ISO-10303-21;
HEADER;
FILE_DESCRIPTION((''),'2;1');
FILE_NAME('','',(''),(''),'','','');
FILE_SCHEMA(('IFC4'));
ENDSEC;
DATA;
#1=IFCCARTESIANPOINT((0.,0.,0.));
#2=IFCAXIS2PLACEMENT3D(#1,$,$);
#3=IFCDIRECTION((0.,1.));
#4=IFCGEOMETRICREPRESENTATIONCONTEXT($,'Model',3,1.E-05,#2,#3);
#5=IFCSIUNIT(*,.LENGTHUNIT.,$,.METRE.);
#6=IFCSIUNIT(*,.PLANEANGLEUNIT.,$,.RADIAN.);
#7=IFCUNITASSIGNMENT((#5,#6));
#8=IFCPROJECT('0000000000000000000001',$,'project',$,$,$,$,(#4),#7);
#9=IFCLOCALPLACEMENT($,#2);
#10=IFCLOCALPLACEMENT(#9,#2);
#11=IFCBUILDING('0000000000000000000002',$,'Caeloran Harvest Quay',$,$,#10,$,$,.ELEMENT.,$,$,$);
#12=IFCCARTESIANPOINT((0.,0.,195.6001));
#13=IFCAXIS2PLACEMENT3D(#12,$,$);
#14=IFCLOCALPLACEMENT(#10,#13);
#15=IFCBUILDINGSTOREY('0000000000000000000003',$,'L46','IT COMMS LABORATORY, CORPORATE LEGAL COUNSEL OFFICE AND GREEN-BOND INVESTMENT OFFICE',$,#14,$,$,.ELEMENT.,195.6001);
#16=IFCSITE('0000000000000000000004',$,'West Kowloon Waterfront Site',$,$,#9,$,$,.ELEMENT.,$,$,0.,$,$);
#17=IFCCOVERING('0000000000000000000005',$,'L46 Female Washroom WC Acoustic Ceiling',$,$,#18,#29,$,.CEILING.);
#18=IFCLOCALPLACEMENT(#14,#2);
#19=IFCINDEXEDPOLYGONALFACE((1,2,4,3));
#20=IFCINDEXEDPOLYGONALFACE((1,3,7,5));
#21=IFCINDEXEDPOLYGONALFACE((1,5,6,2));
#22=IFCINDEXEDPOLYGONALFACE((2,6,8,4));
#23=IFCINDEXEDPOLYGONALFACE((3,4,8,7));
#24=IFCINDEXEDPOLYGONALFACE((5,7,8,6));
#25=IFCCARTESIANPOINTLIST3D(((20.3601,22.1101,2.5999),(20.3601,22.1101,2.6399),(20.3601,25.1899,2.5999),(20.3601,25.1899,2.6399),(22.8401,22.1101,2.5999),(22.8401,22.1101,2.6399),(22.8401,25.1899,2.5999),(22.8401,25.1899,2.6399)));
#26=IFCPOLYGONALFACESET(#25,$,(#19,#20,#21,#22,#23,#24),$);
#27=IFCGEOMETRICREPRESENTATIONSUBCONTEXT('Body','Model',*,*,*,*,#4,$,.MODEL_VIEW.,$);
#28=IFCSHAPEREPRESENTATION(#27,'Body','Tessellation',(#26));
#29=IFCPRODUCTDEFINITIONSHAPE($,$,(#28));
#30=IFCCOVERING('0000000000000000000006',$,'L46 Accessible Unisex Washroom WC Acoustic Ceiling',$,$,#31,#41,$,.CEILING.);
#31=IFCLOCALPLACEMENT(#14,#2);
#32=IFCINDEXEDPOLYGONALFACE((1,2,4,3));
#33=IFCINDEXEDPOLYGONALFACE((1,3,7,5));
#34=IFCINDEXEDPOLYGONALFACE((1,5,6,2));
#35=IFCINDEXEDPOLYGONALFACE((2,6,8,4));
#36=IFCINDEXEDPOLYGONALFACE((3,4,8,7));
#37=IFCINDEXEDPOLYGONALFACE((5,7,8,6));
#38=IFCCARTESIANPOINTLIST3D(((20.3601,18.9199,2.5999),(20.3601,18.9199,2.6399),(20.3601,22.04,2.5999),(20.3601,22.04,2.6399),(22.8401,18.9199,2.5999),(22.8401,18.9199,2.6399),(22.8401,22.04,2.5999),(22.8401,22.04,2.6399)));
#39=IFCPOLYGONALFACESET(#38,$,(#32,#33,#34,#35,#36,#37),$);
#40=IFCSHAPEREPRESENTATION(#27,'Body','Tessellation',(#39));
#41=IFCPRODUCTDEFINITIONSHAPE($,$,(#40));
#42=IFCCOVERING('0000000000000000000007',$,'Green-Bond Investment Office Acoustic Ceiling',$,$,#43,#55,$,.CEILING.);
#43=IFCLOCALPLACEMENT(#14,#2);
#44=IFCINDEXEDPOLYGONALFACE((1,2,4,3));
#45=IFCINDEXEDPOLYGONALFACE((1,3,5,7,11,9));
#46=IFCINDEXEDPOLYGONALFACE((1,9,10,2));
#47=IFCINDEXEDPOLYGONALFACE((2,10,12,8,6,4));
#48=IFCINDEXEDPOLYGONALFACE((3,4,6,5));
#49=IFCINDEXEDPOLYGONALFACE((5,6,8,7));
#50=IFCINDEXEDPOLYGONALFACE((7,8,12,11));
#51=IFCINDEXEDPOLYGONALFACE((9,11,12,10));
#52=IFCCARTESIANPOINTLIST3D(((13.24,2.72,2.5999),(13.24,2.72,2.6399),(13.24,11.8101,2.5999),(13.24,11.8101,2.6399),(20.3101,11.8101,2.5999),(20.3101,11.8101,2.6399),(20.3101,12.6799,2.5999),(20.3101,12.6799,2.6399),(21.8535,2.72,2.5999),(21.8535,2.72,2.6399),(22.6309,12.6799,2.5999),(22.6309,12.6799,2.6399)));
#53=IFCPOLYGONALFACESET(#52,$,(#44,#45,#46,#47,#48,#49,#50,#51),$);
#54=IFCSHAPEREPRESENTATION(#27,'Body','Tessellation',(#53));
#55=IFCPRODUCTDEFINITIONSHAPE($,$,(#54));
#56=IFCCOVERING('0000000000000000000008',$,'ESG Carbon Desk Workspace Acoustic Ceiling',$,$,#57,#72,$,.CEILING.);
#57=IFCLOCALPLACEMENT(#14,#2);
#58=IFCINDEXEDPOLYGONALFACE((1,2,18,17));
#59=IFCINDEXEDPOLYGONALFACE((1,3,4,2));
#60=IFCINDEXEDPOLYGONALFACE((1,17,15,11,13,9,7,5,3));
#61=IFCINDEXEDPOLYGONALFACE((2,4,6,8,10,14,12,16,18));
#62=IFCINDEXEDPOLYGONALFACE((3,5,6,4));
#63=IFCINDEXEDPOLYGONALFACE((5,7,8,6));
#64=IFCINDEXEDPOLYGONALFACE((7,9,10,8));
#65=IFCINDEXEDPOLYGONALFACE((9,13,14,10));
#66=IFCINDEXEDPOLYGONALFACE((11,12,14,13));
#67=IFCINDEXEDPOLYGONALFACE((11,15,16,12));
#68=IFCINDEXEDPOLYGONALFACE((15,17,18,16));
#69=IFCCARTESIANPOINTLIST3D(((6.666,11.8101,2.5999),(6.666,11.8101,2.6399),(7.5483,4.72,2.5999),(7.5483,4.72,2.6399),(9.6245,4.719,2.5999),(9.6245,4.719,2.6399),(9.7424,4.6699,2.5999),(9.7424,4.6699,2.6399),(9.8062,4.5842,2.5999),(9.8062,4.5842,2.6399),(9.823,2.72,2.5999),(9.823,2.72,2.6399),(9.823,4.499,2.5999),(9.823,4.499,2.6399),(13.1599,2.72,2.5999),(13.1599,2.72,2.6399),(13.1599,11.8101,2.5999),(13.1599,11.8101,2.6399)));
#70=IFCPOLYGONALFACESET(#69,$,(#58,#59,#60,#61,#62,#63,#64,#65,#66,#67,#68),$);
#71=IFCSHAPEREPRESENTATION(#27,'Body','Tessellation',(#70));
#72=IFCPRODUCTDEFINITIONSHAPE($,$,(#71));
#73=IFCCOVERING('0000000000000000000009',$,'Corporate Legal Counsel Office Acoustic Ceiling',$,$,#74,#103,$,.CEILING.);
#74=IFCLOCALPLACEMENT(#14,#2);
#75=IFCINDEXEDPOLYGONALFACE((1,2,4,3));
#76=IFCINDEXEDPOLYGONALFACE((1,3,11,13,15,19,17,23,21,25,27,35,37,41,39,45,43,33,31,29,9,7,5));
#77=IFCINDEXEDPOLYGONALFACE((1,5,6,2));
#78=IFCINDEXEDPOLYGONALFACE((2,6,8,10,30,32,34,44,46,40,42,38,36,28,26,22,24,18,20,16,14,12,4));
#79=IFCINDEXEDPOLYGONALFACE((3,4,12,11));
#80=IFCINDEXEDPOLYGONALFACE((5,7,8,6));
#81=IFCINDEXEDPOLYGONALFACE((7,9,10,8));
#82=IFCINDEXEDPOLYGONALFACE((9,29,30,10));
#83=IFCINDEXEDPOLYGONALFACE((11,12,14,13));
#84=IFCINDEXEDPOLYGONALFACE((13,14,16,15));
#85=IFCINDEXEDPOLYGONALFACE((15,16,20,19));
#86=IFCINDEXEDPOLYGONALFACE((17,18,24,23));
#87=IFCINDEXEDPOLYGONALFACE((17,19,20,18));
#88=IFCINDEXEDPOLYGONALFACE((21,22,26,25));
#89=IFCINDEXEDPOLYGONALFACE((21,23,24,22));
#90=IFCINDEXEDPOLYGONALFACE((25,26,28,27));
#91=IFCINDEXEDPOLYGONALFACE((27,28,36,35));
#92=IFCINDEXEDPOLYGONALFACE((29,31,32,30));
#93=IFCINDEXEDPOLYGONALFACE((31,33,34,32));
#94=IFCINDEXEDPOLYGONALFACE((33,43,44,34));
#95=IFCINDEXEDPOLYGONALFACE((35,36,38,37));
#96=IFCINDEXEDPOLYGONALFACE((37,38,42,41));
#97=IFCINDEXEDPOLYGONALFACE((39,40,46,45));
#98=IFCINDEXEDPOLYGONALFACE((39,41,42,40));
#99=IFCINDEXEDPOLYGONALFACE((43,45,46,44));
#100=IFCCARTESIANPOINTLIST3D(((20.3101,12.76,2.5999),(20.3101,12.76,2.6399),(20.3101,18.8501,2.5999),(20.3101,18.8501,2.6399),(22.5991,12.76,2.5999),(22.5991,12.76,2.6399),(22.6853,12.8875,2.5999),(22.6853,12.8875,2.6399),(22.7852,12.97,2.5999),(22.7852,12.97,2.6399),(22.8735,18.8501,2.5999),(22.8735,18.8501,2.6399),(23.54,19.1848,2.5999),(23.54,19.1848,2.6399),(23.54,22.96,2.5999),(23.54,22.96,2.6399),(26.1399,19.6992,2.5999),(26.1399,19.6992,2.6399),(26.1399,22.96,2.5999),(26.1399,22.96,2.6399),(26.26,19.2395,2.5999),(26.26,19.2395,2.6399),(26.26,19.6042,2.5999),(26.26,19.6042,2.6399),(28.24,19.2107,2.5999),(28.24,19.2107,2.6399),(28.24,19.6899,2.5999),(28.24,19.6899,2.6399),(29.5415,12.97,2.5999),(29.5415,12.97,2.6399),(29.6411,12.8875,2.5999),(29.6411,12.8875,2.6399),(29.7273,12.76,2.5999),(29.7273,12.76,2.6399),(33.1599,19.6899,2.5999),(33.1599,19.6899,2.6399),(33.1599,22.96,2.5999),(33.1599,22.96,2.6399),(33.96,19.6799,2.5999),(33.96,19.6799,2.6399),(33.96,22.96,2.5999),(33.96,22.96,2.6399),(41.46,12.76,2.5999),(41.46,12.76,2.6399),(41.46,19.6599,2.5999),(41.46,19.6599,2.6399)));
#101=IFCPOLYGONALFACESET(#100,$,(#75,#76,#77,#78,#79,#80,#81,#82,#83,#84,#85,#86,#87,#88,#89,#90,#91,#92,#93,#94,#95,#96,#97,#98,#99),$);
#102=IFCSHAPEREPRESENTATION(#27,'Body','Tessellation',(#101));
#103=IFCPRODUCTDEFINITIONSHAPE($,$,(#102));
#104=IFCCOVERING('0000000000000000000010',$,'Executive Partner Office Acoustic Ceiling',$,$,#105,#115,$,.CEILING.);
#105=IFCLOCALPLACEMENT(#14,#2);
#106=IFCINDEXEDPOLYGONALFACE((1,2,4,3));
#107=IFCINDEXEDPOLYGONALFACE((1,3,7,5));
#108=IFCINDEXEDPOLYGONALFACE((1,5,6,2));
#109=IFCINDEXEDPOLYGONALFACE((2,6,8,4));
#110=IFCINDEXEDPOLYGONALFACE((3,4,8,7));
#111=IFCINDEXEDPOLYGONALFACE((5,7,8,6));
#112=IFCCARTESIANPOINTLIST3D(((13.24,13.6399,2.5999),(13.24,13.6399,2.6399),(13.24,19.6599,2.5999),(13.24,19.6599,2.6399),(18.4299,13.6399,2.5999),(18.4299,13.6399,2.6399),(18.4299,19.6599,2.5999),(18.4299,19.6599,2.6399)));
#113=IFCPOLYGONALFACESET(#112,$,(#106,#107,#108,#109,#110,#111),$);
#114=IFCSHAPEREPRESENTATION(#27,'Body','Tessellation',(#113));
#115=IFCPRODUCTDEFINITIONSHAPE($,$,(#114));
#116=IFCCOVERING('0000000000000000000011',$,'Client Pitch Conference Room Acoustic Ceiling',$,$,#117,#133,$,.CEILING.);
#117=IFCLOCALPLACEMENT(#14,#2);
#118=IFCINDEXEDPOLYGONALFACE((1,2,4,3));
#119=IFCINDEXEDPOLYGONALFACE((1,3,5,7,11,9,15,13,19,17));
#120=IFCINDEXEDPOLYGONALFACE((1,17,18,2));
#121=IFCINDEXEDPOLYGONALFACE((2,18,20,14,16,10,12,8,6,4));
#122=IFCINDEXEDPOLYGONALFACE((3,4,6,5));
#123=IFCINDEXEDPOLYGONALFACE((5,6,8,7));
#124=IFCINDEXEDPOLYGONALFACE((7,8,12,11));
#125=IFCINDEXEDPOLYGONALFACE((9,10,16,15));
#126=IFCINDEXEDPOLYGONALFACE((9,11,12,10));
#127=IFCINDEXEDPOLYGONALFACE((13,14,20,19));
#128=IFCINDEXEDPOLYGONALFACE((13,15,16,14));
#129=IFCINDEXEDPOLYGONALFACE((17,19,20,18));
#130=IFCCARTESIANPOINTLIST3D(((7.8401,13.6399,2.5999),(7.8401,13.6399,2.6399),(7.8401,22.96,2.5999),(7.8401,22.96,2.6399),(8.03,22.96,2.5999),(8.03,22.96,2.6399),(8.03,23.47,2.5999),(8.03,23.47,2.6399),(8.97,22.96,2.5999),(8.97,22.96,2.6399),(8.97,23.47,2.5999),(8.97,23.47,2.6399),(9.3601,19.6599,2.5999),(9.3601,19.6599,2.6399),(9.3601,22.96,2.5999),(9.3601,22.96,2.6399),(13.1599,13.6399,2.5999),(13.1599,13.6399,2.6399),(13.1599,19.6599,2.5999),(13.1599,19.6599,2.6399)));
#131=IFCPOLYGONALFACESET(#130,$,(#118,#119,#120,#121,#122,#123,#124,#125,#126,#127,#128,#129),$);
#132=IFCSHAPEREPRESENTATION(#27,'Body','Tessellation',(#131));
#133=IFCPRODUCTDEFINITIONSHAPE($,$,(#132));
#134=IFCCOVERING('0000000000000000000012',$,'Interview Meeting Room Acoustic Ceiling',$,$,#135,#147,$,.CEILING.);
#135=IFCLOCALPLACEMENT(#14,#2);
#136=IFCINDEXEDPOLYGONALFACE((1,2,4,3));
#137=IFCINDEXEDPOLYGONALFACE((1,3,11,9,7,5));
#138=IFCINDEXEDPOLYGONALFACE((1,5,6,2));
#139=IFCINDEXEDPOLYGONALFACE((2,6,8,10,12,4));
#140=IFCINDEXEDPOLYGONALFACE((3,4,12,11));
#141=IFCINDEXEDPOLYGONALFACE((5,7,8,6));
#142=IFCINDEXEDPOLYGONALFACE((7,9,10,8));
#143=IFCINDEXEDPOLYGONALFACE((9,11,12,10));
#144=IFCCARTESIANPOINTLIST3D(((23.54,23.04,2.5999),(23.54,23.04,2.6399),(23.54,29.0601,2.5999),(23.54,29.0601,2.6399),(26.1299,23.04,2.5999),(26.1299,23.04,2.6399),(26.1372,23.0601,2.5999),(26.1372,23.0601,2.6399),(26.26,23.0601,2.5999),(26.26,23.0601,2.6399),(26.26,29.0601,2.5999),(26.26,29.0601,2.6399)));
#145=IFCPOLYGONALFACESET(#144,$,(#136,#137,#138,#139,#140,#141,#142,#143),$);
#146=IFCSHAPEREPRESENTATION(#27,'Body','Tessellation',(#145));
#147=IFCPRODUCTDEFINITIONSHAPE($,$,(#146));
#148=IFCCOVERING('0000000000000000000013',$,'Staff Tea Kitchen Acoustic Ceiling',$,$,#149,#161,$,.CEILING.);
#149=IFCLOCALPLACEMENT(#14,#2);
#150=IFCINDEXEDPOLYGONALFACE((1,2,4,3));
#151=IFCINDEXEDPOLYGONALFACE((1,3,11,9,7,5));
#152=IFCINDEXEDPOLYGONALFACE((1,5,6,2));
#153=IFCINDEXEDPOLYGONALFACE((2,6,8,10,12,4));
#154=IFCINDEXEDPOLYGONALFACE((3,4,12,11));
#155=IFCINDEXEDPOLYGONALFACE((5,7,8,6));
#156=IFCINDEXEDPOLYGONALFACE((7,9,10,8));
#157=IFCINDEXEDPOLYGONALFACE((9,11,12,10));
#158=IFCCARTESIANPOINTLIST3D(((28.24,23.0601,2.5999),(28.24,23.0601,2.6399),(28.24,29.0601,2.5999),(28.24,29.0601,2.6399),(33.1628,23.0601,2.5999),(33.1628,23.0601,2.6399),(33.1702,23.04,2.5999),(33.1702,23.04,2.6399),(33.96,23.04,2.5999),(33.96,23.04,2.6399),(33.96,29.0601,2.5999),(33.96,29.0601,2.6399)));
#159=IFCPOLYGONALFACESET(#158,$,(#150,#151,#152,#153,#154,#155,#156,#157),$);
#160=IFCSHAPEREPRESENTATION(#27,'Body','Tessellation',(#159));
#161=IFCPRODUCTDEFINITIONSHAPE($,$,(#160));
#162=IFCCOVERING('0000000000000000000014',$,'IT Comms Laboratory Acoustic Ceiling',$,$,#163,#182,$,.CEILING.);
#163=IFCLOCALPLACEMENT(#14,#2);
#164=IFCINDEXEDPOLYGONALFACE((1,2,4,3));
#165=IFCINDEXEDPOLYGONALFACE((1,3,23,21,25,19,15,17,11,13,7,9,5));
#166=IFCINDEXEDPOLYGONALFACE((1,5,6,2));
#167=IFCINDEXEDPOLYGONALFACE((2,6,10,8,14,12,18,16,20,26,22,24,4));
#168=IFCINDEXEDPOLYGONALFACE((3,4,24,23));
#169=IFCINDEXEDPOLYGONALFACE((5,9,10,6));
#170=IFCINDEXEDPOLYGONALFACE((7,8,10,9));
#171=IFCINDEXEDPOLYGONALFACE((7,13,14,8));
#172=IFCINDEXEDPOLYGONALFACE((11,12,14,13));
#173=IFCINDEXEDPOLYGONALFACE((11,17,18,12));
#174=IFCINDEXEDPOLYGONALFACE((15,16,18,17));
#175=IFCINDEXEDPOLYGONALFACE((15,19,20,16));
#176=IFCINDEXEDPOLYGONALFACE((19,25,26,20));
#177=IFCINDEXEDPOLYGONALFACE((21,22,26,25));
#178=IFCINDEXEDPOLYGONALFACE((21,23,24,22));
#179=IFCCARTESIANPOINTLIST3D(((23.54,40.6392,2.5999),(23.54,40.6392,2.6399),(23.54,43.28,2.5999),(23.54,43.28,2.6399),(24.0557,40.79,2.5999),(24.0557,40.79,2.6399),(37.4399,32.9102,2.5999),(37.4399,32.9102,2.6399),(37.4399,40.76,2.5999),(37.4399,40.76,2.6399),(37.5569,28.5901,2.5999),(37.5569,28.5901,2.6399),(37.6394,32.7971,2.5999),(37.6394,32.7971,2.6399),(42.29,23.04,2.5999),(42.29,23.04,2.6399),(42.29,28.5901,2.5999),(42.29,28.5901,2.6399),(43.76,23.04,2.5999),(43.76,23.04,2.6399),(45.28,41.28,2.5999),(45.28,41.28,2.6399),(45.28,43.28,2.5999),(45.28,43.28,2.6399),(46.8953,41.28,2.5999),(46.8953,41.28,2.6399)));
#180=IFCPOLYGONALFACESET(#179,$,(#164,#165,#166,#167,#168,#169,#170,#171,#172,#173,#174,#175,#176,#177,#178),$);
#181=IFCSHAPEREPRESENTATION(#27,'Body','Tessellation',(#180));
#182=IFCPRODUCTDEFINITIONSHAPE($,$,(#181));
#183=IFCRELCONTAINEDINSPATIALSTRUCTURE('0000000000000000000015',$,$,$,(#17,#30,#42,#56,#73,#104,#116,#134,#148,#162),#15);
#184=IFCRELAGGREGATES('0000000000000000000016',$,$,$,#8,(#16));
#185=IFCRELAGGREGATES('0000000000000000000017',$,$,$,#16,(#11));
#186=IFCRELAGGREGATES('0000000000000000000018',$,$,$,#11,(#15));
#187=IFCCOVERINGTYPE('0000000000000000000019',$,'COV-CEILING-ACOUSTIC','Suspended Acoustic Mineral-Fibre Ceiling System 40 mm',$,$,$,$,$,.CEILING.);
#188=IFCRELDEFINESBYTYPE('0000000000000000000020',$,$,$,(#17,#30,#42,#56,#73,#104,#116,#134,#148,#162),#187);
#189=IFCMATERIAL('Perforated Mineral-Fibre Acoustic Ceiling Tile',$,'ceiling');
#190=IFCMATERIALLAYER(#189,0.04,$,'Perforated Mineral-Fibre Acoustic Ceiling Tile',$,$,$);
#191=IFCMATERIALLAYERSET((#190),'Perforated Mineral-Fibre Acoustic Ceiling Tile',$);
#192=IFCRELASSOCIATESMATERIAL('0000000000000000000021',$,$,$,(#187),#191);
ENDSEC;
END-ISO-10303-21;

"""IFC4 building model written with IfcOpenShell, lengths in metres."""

from ifc_helpers import new_model, si_unit, direction, frame, origin, place, context, subcontext, project, spatial, polyline, outline, extrude, material, layer, layer_set, type_object, element, save


model = new_model("IFC4")

# Units and contexts
model_context = context("Model", 3, precision=1e-05, world=origin(), true_north=direction((0.0, 1.0)))
body_context = subcontext(model_context, "Body", "Model", "MODEL_VIEW")
ifc_project = project(units=[si_unit("LENGTHUNIT", "METRE"), si_unit("PLANEANGLEUNIT", "RADIAN")], contexts=[model_context])

# Site, building, storey
site_placement = place(None, origin())
site = spatial("IfcSite", under=ifc_project, at=site_placement, Name="West Kowloon Waterfront Site", CompositionType="ELEMENT", RefElevation=0.0)
building_placement = place(site_placement, origin())
building = spatial("IfcBuilding", under=site, at=building_placement, Name="Caeloran Harvest Quay", CompositionType="ELEMENT")
storey_placement = place(building_placement, frame((0.0, 0.0, 195.6001)))
storey = spatial("IfcBuildingStorey", under=building, at=storey_placement, Name="L46", Description="IT COMMS LABORATORY, CORPORATE LEGAL COUNSEL OFFICE AND GREEN-BOND INVESTMENT OFFICE", CompositionType="ELEMENT", Elevation=195.6001)

# Coverings
ifc_material_1 = material(Name="Perforated Mineral-Fibre Acoustic Ceiling Tile", Category="ceiling")
ifc_layer_1 = layer(ifc_material_1, 0.04, Name="Perforated Mineral-Fibre Acoustic Ceiling Tile")
ifc_layer_set_1 = layer_set([ifc_layer_1], Name="Perforated Mineral-Fibre Acoustic Ceiling Tile")
covering_type_1 = type_object("IfcCoveringType", Name="COV-CEILING-ACOUSTIC", Description="Suspended Acoustic Mineral-Fibre Ceiling System 40 mm", PredefinedType="CEILING", material=ifc_layer_set_1)
covering_1_placement = place(storey_placement, frame((0.0, 0.0, 2.5999)))
element("IfcCovering", 1, at=covering_1_placement, inside=storey, type_object=covering_type_1, Name="L46 Female Washroom WC Acoustic Ceiling", PredefinedType="CEILING", context=body_context, shape_type="SweptSolid", body=[
    extrude(outline(polyline([(22.8401, 25.1899), (22.8401, 22.1101), (20.3601, 22.1101), (20.3601, 25.1899), (22.8401, 25.1899)])), origin(), (0.0, 0.0, 1.0), 0.04),
])
covering_2_placement = place(storey_placement, frame((0.0, 0.0, 2.5999)))
element("IfcCovering", 2, at=covering_2_placement, inside=storey, type_object=covering_type_1, Name="L46 Accessible Unisex Washroom WC Acoustic Ceiling", PredefinedType="CEILING", context=body_context, shape_type="SweptSolid", body=[
    extrude(outline(polyline([(22.8401, 22.04), (22.8401, 18.9199), (20.3601, 18.9199), (20.3601, 22.04), (22.8401, 22.04)])), origin(), (0.0, 0.0, 1.0), 0.04),
])
covering_3_placement = place(storey_placement, frame((0.0, 0.0, 2.5999)))
element("IfcCovering", 3, at=covering_3_placement, inside=storey, type_object=covering_type_1, Name="Green-Bond Investment Office Acoustic Ceiling", PredefinedType="CEILING", context=body_context, shape_type="SweptSolid", body=[
    extrude(outline(polyline([(20.3101, 12.6799), (22.6309, 12.6799), (21.8535, 2.72), (13.24, 2.72), (13.24, 11.8101), (20.3101, 11.8101), (20.3101, 12.6799)])), origin(), (0.0, 0.0, 1.0), 0.04),
])
covering_4_placement = place(storey_placement, frame((0.0, 0.0, 2.5999)))
element("IfcCovering", 4, at=covering_4_placement, inside=storey, type_object=covering_type_1, Name="ESG Carbon Desk Workspace Acoustic Ceiling", PredefinedType="CEILING", context=body_context, shape_type="SweptSolid", body=[
    extrude(outline(polyline([(9.8062, 4.5842), (9.7424, 4.6699), (9.6245, 4.719), (7.5483, 4.72), (6.666, 11.8101), (13.1599, 11.8101), (13.1599, 2.72), (9.823, 2.72), (9.823, 4.499), (9.8062, 4.5842)])), origin(), (0.0, 0.0, 1.0), 0.04),
])
covering_5_placement = place(storey_placement, frame((0.0, 0.0, 2.5999)))
element("IfcCovering", 5, at=covering_5_placement, inside=storey, type_object=covering_type_1, Name="Corporate Legal Counsel Office Acoustic Ceiling", PredefinedType="CEILING", context=body_context, shape_type="SweptSolid", body=[
    extrude(outline(polyline([(33.1599, 22.96), (33.96, 22.96), (33.96, 19.6799), (41.46, 19.6599), (41.46, 12.76), (29.7273, 12.76), (29.6411, 12.8875), (29.5415, 12.97), (22.7852, 12.97), (22.6853, 12.8875), (22.5991, 12.76), (20.3101, 12.76), (20.3101, 18.8501), (22.8735, 18.8501), (23.54, 19.1848), (23.54, 22.96), (26.1399, 22.96), (26.1399, 19.6992), (26.26, 19.6042), (26.26, 19.2395), (28.24, 19.2107), (28.24, 19.6899), (33.1599, 19.6899), (33.1599, 22.96)])), origin(), (0.0, 0.0, 1.0), 0.04),
])
covering_6_placement = place(storey_placement, frame((0.0, 0.0, 2.5999)))
element("IfcCovering", 6, at=covering_6_placement, inside=storey, type_object=covering_type_1, Name="Executive Partner Office Acoustic Ceiling", PredefinedType="CEILING", context=body_context, shape_type="SweptSolid", body=[
    extrude(outline(polyline([(18.4299, 13.6399), (13.24, 13.6399), (13.24, 19.6599), (18.4299, 19.6599), (18.4299, 13.6399)])), origin(), (0.0, 0.0, 1.0), 0.04),
])
covering_7_placement = place(storey_placement, frame((0.0, 0.0, 2.5999)))
element("IfcCovering", 7, at=covering_7_placement, inside=storey, type_object=covering_type_1, Name="Client Pitch Conference Room Acoustic Ceiling", PredefinedType="CEILING", context=body_context, shape_type="SweptSolid", body=[
    extrude(outline(polyline([(13.1599, 13.6399), (7.8401, 13.6399), (7.8401, 22.96), (8.03, 22.96), (8.03, 23.47), (8.97, 23.47), (8.97, 22.96), (9.3601, 22.96), (9.3601, 19.6599), (13.1599, 19.6599), (13.1599, 13.6399)])), origin(), (0.0, 0.0, 1.0), 0.04),
])
covering_8_placement = place(storey_placement, frame((0.0, 0.0, 2.5999)))
element("IfcCovering", 8, at=covering_8_placement, inside=storey, type_object=covering_type_1, Name="Interview Meeting Room Acoustic Ceiling", PredefinedType="CEILING", context=body_context, shape_type="SweptSolid", body=[
    extrude(outline(polyline([(26.1372, 23.0601), (26.1299, 23.04), (23.54, 23.04), (23.54, 29.0601), (26.26, 29.0601), (26.26, 23.0601), (26.1372, 23.0601)])), origin(), (0.0, 0.0, 1.0), 0.04),
])
covering_9_placement = place(storey_placement, frame((0.0, 0.0, 2.5999)))
element("IfcCovering", 9, at=covering_9_placement, inside=storey, type_object=covering_type_1, Name="Staff Tea Kitchen Acoustic Ceiling", PredefinedType="CEILING", context=body_context, shape_type="SweptSolid", body=[
    extrude(outline(polyline([(33.1628, 23.0601), (28.24, 23.0601), (28.24, 29.0601), (33.96, 29.0601), (33.96, 23.04), (33.1702, 23.04), (33.1628, 23.0601)])), origin(), (0.0, 0.0, 1.0), 0.04),
])
covering_10_placement = place(storey_placement, frame((0.0, 0.0, 2.5999)))
element("IfcCovering", 10, at=covering_10_placement, inside=storey, type_object=covering_type_1, Name="IT Comms Laboratory Acoustic Ceiling", PredefinedType="CEILING", context=body_context, shape_type="SweptSolid", body=[
    extrude(outline(polyline([(45.28, 43.28), (45.28, 41.28), (46.8953, 41.28), (43.76, 23.04), (42.29, 23.04), (42.29, 28.5901), (37.5569, 28.5901), (37.6394, 32.7971), (37.4399, 32.9102), (37.4399, 40.76), (24.0557, 40.79), (23.54, 40.6392), (23.54, 43.28), (45.28, 43.28)])), origin(), (0.0, 0.0, 1.0), 0.04),
])

save(model, "model.ifc")
